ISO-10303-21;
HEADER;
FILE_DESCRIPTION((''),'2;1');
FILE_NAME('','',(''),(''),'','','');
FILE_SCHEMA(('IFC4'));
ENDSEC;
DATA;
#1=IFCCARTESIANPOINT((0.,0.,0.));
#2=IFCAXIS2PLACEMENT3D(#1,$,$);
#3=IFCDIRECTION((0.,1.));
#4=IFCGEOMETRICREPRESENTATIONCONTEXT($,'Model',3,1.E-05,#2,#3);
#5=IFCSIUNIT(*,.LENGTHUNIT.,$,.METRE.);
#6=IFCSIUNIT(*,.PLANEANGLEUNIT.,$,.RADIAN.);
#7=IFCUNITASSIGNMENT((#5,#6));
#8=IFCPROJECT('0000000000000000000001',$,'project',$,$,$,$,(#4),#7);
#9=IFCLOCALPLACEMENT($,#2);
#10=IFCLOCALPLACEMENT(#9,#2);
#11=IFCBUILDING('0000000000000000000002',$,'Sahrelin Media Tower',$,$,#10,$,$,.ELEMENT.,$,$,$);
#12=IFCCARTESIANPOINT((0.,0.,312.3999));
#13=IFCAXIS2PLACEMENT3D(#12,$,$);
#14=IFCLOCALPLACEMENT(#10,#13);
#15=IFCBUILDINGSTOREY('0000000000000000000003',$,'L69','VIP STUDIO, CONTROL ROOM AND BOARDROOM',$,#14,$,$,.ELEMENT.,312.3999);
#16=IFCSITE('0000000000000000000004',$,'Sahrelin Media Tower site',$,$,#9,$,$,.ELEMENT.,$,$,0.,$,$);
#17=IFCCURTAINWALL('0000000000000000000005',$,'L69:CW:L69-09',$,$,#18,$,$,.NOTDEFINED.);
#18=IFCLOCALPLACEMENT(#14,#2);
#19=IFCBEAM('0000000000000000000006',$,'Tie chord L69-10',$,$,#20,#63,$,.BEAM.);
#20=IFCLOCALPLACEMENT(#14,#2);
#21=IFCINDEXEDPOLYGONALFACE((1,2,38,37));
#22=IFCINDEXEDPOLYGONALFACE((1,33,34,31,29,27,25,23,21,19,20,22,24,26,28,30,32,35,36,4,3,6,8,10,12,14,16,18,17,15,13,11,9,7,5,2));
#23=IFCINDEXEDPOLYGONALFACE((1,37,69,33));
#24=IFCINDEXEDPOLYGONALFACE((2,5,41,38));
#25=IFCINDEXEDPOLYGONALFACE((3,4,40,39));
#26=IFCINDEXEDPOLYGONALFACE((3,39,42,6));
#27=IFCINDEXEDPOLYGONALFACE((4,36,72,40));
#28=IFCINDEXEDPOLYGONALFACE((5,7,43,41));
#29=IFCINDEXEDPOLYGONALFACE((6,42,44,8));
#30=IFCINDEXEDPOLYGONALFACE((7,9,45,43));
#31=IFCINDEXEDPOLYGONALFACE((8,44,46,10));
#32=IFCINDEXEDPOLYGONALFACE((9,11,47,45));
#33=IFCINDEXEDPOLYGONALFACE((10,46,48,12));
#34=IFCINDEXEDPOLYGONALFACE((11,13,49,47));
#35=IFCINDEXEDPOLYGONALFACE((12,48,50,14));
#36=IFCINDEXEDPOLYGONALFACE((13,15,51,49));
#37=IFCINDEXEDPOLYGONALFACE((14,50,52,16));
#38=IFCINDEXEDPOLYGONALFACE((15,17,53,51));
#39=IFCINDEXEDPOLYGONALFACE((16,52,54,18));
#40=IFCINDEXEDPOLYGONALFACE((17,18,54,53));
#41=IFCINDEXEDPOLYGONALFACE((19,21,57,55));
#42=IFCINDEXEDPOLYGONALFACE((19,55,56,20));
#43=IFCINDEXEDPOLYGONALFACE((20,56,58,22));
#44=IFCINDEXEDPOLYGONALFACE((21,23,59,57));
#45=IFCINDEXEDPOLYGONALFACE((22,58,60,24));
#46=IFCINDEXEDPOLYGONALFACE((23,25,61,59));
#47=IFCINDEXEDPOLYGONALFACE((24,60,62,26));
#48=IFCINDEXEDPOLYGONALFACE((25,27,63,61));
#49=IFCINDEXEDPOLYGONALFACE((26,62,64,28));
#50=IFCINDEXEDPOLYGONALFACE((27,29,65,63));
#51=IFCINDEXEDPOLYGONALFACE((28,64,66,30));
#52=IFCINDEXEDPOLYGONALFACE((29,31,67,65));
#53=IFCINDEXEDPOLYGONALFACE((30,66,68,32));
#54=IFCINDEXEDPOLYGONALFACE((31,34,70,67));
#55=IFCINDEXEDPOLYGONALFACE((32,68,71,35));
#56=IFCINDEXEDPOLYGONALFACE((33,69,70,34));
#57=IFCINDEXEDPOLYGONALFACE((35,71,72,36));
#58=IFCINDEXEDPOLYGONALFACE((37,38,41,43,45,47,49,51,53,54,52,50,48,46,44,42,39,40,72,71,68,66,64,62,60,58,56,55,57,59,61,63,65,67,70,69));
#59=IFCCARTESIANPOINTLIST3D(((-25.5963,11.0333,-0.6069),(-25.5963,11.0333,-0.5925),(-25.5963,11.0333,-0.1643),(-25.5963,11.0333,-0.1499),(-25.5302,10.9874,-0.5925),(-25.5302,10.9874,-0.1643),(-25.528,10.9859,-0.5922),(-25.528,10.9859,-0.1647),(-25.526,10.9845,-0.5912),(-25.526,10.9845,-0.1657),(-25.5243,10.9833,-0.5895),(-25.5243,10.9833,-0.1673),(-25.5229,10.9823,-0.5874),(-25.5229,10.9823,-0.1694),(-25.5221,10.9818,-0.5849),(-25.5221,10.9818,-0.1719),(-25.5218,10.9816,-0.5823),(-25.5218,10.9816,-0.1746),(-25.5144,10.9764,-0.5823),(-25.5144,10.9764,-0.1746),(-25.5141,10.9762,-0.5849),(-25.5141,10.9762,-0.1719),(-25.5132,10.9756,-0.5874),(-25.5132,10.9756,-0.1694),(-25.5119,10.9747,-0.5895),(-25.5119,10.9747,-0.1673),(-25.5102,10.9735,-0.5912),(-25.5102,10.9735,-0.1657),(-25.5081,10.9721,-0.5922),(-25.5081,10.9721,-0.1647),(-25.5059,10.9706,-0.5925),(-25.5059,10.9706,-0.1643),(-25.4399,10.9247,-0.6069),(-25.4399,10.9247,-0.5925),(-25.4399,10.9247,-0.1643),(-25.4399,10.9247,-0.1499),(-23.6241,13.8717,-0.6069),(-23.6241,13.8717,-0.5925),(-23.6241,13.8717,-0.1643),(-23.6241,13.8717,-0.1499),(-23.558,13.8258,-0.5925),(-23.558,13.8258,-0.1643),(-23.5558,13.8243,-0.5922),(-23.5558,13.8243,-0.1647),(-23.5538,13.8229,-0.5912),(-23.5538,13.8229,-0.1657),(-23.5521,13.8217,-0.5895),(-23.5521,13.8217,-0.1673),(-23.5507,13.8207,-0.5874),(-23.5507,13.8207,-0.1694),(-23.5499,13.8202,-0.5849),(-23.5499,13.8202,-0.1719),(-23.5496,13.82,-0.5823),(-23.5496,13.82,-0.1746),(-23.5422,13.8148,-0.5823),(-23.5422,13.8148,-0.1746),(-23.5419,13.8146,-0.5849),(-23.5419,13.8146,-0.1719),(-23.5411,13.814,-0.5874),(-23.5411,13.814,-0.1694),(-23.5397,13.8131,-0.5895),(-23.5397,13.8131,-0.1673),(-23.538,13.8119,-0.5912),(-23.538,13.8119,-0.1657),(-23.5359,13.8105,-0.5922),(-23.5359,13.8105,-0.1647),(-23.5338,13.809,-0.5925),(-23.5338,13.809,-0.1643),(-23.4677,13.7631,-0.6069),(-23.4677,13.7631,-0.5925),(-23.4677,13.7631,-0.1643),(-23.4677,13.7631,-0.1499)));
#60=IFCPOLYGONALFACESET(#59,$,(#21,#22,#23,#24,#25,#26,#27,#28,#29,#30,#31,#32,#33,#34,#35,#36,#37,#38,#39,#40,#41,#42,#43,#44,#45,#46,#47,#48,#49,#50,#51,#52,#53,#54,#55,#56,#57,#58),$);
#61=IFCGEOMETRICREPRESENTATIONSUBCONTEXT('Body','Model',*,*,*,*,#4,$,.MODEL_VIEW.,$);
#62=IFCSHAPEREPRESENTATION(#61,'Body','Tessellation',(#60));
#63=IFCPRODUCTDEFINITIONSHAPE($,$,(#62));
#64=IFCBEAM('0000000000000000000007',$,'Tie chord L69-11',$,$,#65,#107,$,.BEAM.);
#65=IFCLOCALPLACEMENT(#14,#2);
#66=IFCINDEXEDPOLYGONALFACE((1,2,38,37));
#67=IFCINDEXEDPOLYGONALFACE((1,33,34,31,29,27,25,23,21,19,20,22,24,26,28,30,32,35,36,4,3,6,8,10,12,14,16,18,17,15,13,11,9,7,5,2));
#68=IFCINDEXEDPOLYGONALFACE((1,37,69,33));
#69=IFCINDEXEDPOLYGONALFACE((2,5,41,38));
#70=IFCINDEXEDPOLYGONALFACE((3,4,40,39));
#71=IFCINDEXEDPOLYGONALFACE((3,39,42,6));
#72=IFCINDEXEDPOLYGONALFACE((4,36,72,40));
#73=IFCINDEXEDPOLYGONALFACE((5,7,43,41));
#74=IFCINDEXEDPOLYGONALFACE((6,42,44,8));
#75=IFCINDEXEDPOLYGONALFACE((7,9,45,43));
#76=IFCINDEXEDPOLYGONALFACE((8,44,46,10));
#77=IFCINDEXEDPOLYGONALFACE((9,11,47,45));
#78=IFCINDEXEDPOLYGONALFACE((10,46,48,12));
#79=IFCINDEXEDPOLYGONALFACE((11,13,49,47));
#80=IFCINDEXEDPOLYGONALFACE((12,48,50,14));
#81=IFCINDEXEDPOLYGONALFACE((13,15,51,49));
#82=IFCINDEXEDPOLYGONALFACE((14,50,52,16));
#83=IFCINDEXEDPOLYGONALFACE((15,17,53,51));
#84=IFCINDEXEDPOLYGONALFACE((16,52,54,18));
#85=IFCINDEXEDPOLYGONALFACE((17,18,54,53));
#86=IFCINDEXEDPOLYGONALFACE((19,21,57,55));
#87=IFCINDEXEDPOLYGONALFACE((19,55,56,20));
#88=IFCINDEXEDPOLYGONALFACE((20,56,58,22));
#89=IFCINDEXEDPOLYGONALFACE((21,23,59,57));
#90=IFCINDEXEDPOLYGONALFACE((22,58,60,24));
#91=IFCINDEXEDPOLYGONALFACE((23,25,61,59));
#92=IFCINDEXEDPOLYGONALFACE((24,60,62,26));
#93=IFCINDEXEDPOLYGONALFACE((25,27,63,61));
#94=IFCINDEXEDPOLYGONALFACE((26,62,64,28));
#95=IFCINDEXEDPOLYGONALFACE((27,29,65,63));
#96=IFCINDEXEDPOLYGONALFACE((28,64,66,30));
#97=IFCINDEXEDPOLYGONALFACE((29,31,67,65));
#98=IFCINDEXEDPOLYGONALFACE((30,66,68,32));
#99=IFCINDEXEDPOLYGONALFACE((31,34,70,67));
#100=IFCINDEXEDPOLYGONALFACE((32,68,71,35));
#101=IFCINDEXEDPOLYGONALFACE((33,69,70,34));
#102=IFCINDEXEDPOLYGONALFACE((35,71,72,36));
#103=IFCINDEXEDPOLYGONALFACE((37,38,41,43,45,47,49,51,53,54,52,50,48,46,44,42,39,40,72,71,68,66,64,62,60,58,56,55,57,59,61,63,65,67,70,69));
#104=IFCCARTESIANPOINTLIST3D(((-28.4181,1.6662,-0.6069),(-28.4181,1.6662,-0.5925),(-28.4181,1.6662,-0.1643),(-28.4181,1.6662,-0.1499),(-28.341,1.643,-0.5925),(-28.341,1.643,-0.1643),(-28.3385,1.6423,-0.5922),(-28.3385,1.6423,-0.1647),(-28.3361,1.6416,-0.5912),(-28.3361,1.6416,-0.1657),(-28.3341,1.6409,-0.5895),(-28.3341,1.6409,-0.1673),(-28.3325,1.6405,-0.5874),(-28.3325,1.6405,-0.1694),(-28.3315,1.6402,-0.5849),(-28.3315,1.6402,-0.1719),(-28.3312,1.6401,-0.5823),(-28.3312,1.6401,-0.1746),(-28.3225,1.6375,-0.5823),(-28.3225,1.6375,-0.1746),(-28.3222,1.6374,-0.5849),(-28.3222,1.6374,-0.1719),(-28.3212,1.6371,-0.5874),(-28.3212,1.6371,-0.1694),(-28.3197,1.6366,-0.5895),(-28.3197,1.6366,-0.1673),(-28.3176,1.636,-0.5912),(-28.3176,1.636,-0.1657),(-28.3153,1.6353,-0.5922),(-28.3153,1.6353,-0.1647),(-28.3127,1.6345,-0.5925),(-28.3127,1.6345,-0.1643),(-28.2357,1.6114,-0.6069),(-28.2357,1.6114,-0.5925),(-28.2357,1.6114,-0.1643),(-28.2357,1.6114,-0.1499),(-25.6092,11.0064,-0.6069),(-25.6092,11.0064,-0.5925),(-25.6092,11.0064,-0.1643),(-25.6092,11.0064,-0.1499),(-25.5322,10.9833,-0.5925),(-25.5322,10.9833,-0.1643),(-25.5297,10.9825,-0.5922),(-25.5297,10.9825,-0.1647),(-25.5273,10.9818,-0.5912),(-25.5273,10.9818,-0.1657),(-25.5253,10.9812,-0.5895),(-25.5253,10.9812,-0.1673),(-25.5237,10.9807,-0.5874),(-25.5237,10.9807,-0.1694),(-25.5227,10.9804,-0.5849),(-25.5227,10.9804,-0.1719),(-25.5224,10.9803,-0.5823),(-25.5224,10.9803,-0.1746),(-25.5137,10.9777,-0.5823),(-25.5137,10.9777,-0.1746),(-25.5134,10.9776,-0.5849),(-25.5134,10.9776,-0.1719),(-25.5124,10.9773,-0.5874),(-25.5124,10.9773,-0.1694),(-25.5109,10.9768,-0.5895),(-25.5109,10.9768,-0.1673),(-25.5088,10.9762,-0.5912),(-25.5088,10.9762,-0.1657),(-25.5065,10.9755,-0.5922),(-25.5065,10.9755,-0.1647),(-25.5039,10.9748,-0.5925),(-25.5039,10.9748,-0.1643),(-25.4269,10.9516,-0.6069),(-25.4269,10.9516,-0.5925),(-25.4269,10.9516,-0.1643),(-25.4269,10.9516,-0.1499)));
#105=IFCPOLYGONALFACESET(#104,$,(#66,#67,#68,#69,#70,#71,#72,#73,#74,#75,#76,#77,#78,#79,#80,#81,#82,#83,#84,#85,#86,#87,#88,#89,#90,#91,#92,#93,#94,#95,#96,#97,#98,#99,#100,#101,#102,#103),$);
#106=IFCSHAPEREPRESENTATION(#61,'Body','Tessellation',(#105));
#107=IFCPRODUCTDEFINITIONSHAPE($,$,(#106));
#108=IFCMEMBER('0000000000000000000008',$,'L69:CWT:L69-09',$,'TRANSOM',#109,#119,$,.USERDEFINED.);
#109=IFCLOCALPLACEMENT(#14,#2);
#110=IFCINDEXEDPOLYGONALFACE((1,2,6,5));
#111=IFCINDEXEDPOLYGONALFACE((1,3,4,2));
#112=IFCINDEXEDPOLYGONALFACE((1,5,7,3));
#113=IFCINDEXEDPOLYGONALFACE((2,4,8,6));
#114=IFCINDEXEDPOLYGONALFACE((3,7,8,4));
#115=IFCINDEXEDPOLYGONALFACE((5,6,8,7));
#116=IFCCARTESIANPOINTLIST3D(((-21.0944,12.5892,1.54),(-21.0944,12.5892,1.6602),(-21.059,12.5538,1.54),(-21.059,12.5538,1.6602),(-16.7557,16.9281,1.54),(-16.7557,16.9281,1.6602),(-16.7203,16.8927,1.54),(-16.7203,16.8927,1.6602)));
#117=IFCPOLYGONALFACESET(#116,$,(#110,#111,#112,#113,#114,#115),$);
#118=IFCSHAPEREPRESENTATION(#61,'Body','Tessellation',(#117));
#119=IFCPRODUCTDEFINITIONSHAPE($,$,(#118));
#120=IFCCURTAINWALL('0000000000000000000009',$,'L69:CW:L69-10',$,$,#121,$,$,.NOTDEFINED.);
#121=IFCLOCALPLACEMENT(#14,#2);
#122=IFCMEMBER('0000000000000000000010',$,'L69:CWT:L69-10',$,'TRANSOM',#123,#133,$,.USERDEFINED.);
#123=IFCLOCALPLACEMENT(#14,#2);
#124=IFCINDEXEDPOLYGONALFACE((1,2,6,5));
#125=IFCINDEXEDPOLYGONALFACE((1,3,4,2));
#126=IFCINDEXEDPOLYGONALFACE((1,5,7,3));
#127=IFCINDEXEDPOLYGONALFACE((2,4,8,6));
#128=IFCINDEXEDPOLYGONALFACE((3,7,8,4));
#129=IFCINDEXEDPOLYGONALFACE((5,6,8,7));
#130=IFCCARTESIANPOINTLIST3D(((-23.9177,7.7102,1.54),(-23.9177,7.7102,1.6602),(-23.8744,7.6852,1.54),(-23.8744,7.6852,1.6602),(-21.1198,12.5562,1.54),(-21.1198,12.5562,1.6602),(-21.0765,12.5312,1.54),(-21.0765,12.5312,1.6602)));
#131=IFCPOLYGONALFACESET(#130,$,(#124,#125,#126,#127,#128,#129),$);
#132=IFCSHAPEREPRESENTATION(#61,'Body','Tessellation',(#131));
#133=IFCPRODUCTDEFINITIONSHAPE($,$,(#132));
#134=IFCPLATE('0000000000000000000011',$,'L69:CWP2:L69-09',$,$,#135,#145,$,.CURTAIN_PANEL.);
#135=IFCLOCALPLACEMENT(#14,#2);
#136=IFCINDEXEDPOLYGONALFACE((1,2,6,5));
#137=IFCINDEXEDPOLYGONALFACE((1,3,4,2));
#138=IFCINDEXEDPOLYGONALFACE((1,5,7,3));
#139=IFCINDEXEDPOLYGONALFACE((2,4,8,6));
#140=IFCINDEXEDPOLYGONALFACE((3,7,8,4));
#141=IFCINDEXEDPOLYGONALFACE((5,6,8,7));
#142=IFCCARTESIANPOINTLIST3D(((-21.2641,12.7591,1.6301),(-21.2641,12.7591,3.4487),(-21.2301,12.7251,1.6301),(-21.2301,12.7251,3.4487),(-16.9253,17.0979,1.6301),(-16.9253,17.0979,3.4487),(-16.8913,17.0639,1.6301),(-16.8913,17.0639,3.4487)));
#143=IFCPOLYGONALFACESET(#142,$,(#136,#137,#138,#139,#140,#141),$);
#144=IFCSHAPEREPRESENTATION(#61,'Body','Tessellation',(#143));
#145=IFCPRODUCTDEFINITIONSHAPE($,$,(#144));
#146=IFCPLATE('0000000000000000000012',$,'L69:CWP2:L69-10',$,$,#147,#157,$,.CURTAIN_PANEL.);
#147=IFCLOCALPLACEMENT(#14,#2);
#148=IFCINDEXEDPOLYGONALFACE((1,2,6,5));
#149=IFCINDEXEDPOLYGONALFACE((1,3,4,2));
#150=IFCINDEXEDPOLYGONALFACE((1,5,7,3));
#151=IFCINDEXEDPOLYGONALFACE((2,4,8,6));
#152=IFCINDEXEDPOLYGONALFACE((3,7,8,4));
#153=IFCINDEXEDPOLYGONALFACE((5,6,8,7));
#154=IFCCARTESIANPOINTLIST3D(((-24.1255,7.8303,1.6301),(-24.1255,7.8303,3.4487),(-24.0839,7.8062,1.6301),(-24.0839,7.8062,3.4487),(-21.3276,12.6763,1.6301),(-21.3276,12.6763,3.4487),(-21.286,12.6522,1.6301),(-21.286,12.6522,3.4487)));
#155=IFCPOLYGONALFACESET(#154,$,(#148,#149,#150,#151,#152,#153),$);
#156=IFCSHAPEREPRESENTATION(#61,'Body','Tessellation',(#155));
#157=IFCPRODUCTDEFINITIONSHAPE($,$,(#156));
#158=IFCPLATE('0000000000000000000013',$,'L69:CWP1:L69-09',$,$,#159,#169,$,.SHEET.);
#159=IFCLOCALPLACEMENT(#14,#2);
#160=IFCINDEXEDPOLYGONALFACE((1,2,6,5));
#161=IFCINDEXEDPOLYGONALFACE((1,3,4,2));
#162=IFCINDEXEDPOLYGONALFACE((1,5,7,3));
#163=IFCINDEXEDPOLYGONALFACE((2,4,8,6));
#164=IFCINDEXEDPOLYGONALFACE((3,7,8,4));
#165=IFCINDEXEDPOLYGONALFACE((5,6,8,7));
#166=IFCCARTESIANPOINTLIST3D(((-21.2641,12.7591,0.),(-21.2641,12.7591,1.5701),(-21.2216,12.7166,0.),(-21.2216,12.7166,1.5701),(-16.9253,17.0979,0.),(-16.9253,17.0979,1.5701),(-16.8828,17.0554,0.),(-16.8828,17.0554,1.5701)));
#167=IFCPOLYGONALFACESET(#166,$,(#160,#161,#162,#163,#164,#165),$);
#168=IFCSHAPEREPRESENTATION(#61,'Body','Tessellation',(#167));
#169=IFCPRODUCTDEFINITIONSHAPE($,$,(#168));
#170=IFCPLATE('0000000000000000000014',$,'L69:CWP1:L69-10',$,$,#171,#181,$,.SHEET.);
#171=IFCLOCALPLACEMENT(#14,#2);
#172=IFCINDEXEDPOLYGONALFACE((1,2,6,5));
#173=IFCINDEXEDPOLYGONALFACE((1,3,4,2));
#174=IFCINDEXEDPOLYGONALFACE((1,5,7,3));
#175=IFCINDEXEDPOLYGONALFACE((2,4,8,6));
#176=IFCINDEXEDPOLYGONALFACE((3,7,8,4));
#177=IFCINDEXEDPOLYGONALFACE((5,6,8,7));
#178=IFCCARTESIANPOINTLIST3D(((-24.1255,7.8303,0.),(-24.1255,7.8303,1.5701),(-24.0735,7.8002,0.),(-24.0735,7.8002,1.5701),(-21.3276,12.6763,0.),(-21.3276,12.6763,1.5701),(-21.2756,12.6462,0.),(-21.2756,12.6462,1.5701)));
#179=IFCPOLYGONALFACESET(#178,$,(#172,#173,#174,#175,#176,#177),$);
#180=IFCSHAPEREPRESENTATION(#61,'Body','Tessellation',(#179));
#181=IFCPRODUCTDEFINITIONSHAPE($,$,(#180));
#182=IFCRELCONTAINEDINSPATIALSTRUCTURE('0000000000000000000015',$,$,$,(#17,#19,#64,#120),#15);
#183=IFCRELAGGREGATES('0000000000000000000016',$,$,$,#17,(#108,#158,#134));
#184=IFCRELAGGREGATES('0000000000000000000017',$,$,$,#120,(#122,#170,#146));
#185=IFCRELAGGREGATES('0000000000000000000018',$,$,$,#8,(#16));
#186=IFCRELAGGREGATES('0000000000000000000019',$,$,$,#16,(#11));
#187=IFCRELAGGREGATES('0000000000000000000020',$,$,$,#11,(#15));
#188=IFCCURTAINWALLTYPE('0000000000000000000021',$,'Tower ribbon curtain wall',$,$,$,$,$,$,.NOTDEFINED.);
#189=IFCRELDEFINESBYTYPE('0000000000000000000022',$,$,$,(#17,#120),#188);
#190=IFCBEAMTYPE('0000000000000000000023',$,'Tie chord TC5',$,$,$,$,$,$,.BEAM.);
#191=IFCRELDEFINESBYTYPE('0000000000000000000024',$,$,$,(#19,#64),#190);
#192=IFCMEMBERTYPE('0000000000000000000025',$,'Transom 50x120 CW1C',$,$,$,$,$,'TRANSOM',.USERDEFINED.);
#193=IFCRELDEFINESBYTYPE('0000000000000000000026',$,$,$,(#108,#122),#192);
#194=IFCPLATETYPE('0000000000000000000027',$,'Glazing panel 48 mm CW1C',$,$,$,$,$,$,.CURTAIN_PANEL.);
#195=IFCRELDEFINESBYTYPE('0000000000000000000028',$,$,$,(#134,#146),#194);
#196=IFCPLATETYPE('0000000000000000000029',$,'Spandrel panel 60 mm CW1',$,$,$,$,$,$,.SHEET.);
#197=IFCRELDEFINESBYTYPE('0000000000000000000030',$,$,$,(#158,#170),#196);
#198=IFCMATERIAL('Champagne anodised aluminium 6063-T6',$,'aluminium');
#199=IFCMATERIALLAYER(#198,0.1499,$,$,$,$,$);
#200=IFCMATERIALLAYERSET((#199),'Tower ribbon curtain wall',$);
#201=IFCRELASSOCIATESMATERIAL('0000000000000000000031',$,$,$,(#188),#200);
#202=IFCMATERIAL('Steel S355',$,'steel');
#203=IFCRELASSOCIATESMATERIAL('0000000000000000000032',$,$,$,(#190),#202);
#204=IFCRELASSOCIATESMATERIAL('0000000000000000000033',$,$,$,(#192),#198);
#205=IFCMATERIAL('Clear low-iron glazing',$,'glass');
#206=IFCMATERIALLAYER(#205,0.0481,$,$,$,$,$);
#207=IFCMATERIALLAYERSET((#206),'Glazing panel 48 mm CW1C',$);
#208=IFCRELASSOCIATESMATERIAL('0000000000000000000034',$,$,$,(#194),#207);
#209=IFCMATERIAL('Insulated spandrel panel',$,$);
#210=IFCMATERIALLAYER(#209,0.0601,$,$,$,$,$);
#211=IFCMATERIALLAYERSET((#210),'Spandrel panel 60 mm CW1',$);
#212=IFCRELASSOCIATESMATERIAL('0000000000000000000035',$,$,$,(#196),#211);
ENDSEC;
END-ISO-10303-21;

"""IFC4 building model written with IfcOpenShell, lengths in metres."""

from ifc_helpers import new_model, si_unit, direction, frame, origin, origin_2d, place, context, subcontext, project, spatial, polyline, rectangle, i_section, outline, extrude, material, layer, layer_set, material_profile, profile_set, type_object, element, aggregate, save


model = new_model("IFC4")

# Units and contexts
model_context = context("Model", 3, precision=1e-05, world=origin(), true_north=direction((0.0, 1.0)))
body_context = subcontext(model_context, "Body", "Model", "MODEL_VIEW")
ifc_project = project(units=[si_unit("LENGTHUNIT", "METRE"), si_unit("PLANEANGLEUNIT", "RADIAN")], contexts=[model_context])

# Site, building, storey
site_placement = place(None, origin())
site = spatial("IfcSite", under=ifc_project, at=site_placement, Name="Sahrelin Media Tower site", CompositionType="ELEMENT", RefElevation=0.0)
building_placement = place(site_placement, origin())
building = spatial("IfcBuilding", under=site, at=building_placement, Name="Sahrelin Media Tower", CompositionType="ELEMENT")
storey_placement = place(building_placement, frame((0.0, 0.0, 312.3999)))
storey = spatial("IfcBuildingStorey", under=building, at=storey_placement, Name="L69", Description="VIP STUDIO, CONTROL ROOM AND BOARDROOM", CompositionType="ELEMENT", Elevation=312.3999)

# Shared definitions
ifc_material_1 = material(Name="Steel S355", Category="steel")

# Curtain wall
ifc_material_2 = material(Name="Champagne anodised aluminium 6063-T6", Category="aluminium")
ifc_layer_1 = layer(ifc_material_2, 0.1499)
ifc_layer_set_1 = layer_set([ifc_layer_1], Name="Tower ribbon curtain wall")
curtain_wall_type = type_object("IfcCurtainWallType", Name="Tower ribbon curtain wall", PredefinedType="NOTDEFINED", material=ifc_layer_set_1)
curtain_wall_1_placement = place(storey_placement, frame((-19.0806, 14.9143, 0.0), z_axis=(0.0, 0.0, 1.0), x_axis=(1.0, 0.0, 0.0)))
curtain_wall_1 = element("IfcCurtainWall", 1, at=curtain_wall_1_placement, inside=storey, type_object=curtain_wall_type, Name="L69:CW:L69-09", PredefinedType="NOTDEFINED")

# Beams
ifc_material_profile_1 = material_profile(ifc_material_1, i_section(OverallWidth=0.1904, OverallDepth=0.457, WebThickness=0.009, FlangeThickness=0.0144, FilletRadius=0.0103, at=origin_2d()), Name="UB 457x191x74")
ifc_profile_set_1 = profile_set([ifc_material_profile_1], Name="Steel S355")
beam_type_1 = type_object("IfcBeamType", Name="Tie chord TC5", PredefinedType="BEAM", material=ifc_profile_set_1)
beam_1_placement = place(storey_placement, frame((-23.5459, 13.8174, -0.3784), z_axis=(-0.570605, -0.821225, 0.0), x_axis=(0.821225, -0.570605, 0.0)))
element("IfcBeam", 2, at=beam_1_placement, inside=storey, type_object=beam_type_1, Name="Tie chord L69-10", PredefinedType="BEAM", context=body_context, shape_type="SweptSolid", body=[
    extrude(i_section(OverallWidth=0.1904, OverallDepth=0.457, WebThickness=0.009, FlangeThickness=0.0144, FilletRadius=0.0103, at=origin_2d()), origin(), (0.0, 0.0, 1.0), 3.4563),
])
beam_2_placement = place(storey_placement, frame((-25.5181, 10.979, -0.3784), z_axis=(-0.287982, -0.957636, 0.0), x_axis=(0.957636, -0.287982, 0.0)))
element("IfcBeam", 3, at=beam_2_placement, inside=storey, type_object=beam_type_1, Name="Tie chord L69-11", PredefinedType="BEAM", context=body_context, shape_type="SweptSolid", body=[
    extrude(i_section(OverallWidth=0.1904, OverallDepth=0.457, WebThickness=0.009, FlangeThickness=0.0144, FilletRadius=0.0103, at=origin_2d()), origin(), (0.0, 0.0, 1.0), 9.7534),
])

# Member
ifc_material_profile_2 = material_profile(ifc_material_2, rectangle(XDim=0.05, YDim=0.1201, at=origin_2d()), Name="Transom 50x120")
ifc_profile_set_2 = profile_set([ifc_material_profile_2], Name="Champagne anodised aluminium 6063-T6")
member_type_1 = type_object("IfcMemberType", Name="Transom 50x120 CW1C", ElementType="TRANSOM", PredefinedType="USERDEFINED", material=ifc_profile_set_2)
member_1_placement = place(storey_placement, frame((-16.738, 16.9104, 1.6001), z_axis=(-0.707087, -0.707127, 0.0), x_axis=(0.707127, -0.707087, 0.0)))
member_1 = element("IfcMember", 4, at=member_1_placement, type_object=member_type_1, Name="L69:CWT:L69-09", ObjectType="TRANSOM", PredefinedType="USERDEFINED", context=body_context, shape_type="SweptSolid", body=[
    extrude(rectangle(XDim=0.05, YDim=0.1201, at=origin_2d()), origin(), (0.0, 0.0, 1.0), 6.136),
])

# Curtain wall, member
curtain_wall_2_placement = place(storey_placement, frame((-22.7092, 10.2432, 0.0), z_axis=(0.0, 0.0, 1.0), x_axis=(1.0, 0.0, 0.0)))
curtain_wall_2 = element("IfcCurtainWall", 5, at=curtain_wall_2_placement, inside=storey, type_object=curtain_wall_type, Name="L69:CW:L69-10", PredefinedType="NOTDEFINED")
member_2_placement = place(storey_placement, frame((-21.0981, 12.5437, 1.6001), z_axis=(-0.500006, -0.866022, 0.0), x_axis=(0.866022, -0.500006, 0.0)))
member_2 = element("IfcMember", 6, at=member_2_placement, type_object=member_type_1, Name="L69:CWT:L69-10", ObjectType="TRANSOM", PredefinedType="USERDEFINED", context=body_context, shape_type="SweptSolid", body=[
    extrude(rectangle(XDim=0.05, YDim=0.1201, at=origin_2d()), origin(), (0.0, 0.0, 1.0), 5.5957),
])

# Plates
ifc_material_3 = material(Name="Clear low-iron glazing", Category="glass")
ifc_layer_2 = layer(ifc_material_3, 0.0481)
ifc_layer_set_2 = layer_set([ifc_layer_2], Name="Glazing panel 48 mm CW1C")
plate_type_1 = type_object("IfcPlateType", Name="Glazing panel 48 mm CW1C", PredefinedType="CURTAIN_PANEL", material=ifc_layer_set_2)
plate_1_placement = place(storey_placement, frame((-16.9253, 17.0979, 1.6301), z_axis=(-0.707107, 0.707107, 0.0), x_axis=(-0.707107, -0.707107, 0.0)))
plate_1 = element("IfcPlate", 7, at=plate_1_placement, type_object=plate_type_1, Name="L69:CWP2:L69-09", PredefinedType="CURTAIN_PANEL", context=body_context, shape_type="SweptSolid", body=[
    extrude(outline(polyline([(0.0, 0.0), (6.136, 0.0), (6.136, 1.8186), (0.0, 1.8186), (0.0, 0.0)])), origin(), (0.0, 0.0, -1.0), 0.0481),
])
plate_2_placement = place(storey_placement, frame((-21.3276, 12.6763, 1.6301), z_axis=(-0.866022, 0.500006, 0.0), x_axis=(-0.500006, -0.866022, 0.0)))
plate_2 = element("IfcPlate", 8, at=plate_2_placement, type_object=plate_type_1, Name="L69:CWP2:L69-10", PredefinedType="CURTAIN_PANEL", context=body_context, shape_type="SweptSolid", body=[
    extrude(outline(polyline([(0.0, 0.0), (5.5957, 0.0), (5.5957, 1.8186), (0.0, 1.8186), (0.0, 0.0)])), origin(), (0.0, 0.0, -1.0), 0.0481),
])
ifc_material_4 = material(Name="Insulated spandrel panel")
ifc_layer_3 = layer(ifc_material_4, 0.0601)
ifc_layer_set_3 = layer_set([ifc_layer_3], Name="Spandrel panel 60 mm CW1")
plate_type_2 = type_object("IfcPlateType", Name="Spandrel panel 60 mm CW1", PredefinedType="SHEET", material=ifc_layer_set_3)
plate_3_placement = place(storey_placement, frame((-16.9253, 17.0979, 0.0), z_axis=(-0.707107, 0.707107, 0.0), x_axis=(-0.707107, -0.707107, 0.0)))
plate_3 = element("IfcPlate", 9, at=plate_3_placement, type_object=plate_type_2, Name="L69:CWP1:L69-09", PredefinedType="SHEET", context=body_context, shape_type="SweptSolid", body=[
    extrude(outline(polyline([(0.0, 0.0), (6.136, 0.0), (6.136, 1.5701), (0.0, 1.5701), (0.0, 0.0)])), origin(), (0.0, 0.0, -1.0), 0.0601),
])
aggregate(curtain_wall_1, [member_1, plate_3, plate_1])
plate_4_placement = place(storey_placement, frame((-21.3276, 12.6763, 0.0), z_axis=(-0.866022, 0.500006, 0.0), x_axis=(-0.500006, -0.866022, 0.0)))
plate_4 = element("IfcPlate", 10, at=plate_4_placement, type_object=plate_type_2, Name="L69:CWP1:L69-10", PredefinedType="SHEET", context=body_context, shape_type="SweptSolid", body=[
    extrude(outline(polyline([(0.0, 0.0), (5.5957, 0.0), (5.5957, 1.5701), (0.0, 1.5701), (0.0, 0.0)])), origin(), (0.0, 0.0, -1.0), 0.0601),
])
aggregate(curtain_wall_2, [member_2, plate_4, plate_2])

save(model, "model.ifc")
